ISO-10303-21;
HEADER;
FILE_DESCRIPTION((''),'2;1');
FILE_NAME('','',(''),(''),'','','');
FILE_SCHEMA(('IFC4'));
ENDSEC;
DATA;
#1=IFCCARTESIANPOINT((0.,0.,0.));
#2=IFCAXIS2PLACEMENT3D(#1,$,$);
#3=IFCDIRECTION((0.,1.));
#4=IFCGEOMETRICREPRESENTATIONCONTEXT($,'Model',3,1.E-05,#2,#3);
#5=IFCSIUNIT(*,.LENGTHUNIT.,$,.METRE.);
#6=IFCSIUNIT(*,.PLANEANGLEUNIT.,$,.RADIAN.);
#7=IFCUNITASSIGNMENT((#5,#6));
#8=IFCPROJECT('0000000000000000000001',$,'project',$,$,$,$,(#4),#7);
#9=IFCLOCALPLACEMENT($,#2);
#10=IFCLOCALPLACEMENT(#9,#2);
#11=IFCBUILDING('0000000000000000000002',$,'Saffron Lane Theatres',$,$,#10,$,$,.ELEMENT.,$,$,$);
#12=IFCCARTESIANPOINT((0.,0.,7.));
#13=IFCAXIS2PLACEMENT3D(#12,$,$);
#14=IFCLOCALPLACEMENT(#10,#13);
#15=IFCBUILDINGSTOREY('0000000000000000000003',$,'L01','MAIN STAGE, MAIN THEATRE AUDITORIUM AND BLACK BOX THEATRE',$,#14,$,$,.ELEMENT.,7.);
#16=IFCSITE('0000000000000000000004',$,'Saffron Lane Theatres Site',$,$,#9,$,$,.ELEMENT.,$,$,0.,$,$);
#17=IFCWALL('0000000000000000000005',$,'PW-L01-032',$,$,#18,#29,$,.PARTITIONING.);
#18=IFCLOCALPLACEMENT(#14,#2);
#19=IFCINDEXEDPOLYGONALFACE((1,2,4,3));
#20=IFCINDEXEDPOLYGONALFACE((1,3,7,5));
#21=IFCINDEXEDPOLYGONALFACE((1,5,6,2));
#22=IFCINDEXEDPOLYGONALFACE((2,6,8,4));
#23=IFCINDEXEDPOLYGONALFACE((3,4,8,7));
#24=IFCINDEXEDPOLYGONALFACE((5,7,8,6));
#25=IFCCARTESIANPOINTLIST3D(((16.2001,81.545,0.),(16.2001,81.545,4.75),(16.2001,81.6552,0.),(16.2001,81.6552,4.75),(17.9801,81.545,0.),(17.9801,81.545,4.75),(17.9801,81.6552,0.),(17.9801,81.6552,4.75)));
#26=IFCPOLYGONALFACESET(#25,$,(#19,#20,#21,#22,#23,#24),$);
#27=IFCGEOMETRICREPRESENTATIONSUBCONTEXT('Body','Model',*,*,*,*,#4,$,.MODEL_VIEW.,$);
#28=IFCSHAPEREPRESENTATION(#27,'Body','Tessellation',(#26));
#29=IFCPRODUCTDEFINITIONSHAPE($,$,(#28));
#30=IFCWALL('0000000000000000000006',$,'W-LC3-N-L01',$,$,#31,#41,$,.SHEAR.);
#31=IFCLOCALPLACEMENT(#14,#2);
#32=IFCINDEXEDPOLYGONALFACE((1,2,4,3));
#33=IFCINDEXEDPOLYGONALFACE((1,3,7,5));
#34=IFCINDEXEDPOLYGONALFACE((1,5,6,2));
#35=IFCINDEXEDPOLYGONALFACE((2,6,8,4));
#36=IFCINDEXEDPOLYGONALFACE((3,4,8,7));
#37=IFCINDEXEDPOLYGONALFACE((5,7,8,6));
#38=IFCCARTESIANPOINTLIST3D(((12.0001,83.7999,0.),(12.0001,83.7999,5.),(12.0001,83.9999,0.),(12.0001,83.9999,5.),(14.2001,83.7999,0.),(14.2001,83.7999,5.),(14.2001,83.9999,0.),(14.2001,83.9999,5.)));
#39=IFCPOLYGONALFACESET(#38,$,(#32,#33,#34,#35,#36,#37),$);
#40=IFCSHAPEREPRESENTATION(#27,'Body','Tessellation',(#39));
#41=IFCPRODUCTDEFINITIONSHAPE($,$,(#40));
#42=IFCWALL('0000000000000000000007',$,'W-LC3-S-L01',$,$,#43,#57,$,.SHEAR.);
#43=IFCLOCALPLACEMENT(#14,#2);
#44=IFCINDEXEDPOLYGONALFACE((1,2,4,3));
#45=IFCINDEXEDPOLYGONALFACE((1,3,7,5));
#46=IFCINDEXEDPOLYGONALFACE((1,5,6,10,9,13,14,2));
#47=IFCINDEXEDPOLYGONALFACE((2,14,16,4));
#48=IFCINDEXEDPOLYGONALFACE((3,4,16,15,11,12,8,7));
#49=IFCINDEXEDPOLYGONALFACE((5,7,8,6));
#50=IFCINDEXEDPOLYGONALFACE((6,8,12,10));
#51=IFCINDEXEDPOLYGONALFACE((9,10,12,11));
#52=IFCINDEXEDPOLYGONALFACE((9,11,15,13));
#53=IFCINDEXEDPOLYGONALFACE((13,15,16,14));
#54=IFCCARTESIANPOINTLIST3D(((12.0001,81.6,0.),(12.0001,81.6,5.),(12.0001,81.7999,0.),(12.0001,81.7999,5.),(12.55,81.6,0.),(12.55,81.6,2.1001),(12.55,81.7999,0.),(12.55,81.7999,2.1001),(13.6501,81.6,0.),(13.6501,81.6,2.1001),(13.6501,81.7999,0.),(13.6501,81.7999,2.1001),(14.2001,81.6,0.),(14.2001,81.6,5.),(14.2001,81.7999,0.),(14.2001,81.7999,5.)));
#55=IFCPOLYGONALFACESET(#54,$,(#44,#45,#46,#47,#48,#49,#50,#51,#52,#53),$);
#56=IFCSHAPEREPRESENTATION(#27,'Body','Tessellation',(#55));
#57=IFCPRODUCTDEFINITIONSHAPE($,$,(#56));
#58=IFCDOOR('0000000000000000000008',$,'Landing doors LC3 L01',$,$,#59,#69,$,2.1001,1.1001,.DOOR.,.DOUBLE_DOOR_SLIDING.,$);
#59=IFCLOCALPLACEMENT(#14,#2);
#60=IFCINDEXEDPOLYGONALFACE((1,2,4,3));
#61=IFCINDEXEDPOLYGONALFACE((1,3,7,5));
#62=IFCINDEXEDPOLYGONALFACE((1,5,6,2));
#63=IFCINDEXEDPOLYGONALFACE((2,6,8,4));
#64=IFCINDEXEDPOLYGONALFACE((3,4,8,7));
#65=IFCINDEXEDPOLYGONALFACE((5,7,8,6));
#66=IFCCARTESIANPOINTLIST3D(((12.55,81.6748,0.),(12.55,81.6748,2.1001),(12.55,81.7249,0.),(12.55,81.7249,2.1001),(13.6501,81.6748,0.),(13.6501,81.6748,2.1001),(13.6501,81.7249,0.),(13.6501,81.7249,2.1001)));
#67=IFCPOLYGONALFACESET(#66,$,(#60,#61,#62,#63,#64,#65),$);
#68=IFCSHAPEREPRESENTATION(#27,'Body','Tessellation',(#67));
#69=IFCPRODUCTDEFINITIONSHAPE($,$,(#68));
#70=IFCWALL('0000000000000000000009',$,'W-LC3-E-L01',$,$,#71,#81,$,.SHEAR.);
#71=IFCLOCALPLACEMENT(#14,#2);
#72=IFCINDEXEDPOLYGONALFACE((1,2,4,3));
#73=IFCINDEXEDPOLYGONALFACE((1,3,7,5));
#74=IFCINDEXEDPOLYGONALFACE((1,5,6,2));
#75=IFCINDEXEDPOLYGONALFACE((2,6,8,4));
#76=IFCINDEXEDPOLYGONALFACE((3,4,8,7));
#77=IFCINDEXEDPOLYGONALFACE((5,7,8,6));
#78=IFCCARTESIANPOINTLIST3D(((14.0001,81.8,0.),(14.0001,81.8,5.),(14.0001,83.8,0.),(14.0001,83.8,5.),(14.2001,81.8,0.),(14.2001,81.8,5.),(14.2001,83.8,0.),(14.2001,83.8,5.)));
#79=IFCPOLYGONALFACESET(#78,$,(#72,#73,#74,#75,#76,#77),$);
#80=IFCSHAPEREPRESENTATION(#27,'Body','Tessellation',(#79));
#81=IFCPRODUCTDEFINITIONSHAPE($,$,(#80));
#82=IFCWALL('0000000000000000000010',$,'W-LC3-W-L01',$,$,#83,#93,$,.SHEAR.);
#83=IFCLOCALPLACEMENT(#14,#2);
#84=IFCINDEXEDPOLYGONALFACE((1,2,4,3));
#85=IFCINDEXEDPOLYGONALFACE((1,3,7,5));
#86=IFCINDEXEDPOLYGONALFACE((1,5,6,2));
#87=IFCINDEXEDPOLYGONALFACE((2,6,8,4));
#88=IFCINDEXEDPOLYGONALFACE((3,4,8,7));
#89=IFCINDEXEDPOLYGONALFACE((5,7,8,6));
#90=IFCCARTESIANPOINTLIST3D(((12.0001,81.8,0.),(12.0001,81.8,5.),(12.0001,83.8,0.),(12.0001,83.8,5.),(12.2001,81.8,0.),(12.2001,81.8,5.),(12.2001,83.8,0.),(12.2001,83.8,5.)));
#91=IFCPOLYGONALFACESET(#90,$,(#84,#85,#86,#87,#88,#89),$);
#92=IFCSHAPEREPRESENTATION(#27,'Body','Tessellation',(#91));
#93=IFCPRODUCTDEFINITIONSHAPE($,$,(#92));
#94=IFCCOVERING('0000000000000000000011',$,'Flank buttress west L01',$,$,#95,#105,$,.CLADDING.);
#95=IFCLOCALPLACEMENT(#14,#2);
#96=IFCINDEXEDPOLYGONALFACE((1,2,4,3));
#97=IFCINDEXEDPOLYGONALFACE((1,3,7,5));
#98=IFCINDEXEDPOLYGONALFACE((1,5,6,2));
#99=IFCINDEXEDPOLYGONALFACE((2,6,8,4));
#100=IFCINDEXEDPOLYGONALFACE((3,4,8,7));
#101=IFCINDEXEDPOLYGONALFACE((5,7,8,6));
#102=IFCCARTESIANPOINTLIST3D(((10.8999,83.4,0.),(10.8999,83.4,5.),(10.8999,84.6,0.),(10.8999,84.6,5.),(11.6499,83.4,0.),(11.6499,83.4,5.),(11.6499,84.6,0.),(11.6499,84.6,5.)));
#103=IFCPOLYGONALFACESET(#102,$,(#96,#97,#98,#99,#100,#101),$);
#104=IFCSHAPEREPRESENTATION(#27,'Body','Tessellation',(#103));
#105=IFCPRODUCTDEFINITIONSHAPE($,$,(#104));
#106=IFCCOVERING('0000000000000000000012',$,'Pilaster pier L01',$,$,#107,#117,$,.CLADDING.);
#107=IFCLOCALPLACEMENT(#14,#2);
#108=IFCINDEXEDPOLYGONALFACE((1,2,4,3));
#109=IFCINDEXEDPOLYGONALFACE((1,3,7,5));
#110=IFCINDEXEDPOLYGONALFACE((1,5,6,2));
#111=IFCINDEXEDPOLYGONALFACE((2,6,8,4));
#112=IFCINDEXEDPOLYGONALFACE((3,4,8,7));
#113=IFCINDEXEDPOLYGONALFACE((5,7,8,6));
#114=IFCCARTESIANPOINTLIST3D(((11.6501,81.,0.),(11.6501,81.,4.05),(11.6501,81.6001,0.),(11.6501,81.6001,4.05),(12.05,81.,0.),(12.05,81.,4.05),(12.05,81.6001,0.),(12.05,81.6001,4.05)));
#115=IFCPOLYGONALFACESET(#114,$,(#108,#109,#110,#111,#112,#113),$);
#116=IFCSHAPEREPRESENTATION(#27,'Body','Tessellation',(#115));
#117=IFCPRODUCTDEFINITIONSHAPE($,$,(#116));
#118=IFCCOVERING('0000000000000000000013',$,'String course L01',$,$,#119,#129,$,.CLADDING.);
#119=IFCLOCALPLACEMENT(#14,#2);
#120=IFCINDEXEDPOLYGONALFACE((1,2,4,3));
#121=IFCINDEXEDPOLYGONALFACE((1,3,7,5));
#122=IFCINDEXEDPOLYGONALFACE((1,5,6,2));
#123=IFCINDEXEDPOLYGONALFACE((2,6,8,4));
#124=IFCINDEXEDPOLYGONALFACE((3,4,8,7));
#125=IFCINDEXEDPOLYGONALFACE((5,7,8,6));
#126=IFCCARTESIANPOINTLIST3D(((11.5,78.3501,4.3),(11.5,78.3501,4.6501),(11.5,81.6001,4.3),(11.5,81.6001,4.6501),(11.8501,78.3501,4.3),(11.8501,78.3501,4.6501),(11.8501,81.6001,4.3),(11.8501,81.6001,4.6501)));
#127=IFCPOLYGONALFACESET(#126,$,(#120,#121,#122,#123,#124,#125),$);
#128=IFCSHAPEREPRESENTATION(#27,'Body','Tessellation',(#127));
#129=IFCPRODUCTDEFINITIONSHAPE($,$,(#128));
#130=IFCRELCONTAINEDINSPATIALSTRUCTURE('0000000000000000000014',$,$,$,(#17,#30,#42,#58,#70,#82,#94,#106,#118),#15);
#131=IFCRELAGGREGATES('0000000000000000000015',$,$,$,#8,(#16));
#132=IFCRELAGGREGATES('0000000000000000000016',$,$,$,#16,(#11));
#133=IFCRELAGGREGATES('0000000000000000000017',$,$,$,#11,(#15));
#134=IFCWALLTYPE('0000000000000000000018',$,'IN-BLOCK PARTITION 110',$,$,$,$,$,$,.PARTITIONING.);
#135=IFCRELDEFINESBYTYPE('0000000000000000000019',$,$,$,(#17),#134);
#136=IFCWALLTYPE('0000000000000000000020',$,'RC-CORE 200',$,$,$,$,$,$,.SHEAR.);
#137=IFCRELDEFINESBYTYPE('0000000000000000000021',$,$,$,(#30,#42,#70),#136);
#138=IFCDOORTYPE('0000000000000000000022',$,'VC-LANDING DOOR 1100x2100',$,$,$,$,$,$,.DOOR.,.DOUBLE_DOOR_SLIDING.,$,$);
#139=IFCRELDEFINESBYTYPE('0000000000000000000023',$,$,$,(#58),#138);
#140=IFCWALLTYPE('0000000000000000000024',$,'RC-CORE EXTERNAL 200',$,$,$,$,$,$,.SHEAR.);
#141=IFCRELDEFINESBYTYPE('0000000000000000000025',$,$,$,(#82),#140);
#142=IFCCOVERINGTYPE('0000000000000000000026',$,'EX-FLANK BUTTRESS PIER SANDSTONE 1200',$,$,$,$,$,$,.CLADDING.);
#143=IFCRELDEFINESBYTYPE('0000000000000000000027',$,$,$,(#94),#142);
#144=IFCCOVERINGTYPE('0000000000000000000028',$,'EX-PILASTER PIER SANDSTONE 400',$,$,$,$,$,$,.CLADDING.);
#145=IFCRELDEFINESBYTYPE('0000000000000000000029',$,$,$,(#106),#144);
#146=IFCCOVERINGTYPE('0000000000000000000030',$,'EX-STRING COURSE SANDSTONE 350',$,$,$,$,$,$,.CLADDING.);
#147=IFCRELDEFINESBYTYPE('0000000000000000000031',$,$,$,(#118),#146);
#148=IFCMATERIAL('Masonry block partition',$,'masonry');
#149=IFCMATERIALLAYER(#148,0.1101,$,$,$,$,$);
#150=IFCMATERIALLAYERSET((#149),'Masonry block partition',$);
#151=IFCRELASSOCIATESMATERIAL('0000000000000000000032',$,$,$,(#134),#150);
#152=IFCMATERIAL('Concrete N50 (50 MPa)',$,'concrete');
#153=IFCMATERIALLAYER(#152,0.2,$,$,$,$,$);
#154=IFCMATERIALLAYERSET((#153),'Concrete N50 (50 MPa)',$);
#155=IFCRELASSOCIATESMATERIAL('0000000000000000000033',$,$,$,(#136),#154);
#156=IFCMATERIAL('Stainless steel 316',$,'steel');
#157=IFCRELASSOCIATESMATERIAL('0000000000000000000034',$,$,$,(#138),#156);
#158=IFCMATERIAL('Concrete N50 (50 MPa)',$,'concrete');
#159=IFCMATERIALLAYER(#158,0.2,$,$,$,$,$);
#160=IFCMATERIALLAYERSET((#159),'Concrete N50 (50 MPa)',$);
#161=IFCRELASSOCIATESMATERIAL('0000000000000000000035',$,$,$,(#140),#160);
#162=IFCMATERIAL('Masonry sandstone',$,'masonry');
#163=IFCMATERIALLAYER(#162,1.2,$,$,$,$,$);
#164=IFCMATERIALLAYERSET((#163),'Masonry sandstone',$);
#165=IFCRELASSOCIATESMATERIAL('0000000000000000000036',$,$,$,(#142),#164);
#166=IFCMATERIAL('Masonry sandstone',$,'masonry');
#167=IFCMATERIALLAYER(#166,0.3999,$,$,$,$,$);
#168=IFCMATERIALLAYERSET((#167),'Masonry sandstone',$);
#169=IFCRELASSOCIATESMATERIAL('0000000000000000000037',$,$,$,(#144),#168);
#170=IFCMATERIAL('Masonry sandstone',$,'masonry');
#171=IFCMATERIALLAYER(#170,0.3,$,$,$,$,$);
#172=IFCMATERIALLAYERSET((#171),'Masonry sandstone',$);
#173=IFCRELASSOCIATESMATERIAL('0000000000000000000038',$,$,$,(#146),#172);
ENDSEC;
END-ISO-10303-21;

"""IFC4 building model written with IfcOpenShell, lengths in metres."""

from ifc_helpers import new_model, si_unit, direction, frame, frame_2d, origin, origin_2d, place, context, subcontext, project, spatial, rectangle, extrude, material, layer, layer_set, type_object, element, fill, save


model = new_model("IFC4")

# Units and contexts
model_context = context("Model", 3, precision=1e-05, world=origin(), true_north=direction((0.0, 1.0)))
body_context = subcontext(model_context, "Body", "Model", "MODEL_VIEW")
ifc_project = project(units=[si_unit("LENGTHUNIT", "METRE"), si_unit("PLANEANGLEUNIT", "RADIAN")], contexts=[model_context])

# Site, building, storey
site_placement = place(None, origin())
site = spatial("IfcSite", under=ifc_project, at=site_placement, Name="Saffron Lane Theatres Site", CompositionType="ELEMENT", RefElevation=0.0)
building_placement = place(site_placement, origin())
building = spatial("IfcBuilding", under=site, at=building_placement, Name="Saffron Lane Theatres", CompositionType="ELEMENT")
storey_placement = place(building_placement, frame((0.0, 0.0, 7.0)))
storey = spatial("IfcBuildingStorey", under=building, at=storey_placement, Name="L01", Description="MAIN STAGE, MAIN THEATRE AUDITORIUM AND BLACK BOX THEATRE", CompositionType="ELEMENT", Elevation=7.0)

# Shared definitions
ifc_material_1 = material(Name="Masonry block partition", Category="masonry")
ifc_layer_1 = layer(ifc_material_1, 0.1101)
ifc_layer_set_1 = layer_set([ifc_layer_1], Name="Masonry block partition")
wall_type_1 = type_object("IfcWallType", Name="IN-BLOCK PARTITION 110", PredefinedType="PARTITIONING", material=ifc_layer_set_1)

# Walls
wall_1_placement = place(storey_placement, frame((16.2, 81.6001, 0.0), z_axis=(0.0, 0.0, 1.0), x_axis=(1.0, 0.0, 0.0)))
element("IfcWall", 1, at=wall_1_placement, inside=storey, type_object=wall_type_1, Name="PW-L01-032", PredefinedType="PARTITIONING", context=body_context, shape_type="SweptSolid", body=[
    extrude(rectangle(XDim=1.78, YDim=0.1101, at=frame_2d((0.8901, 0.0))), origin(), (0.0, 0.0, 1.0), 4.75),
])
ifc_material_2 = material(Name="Concrete N50 (50 MPa)", Category="concrete")
ifc_layer_2 = layer(ifc_material_2, 0.2)
ifc_layer_set_2 = layer_set([ifc_layer_2], Name="Concrete N50 (50 MPa)")
wall_type_2 = type_object("IfcWallType", Name="RC-CORE 200", PredefinedType="SHEAR", material=ifc_layer_set_2)
wall_2_placement = place(storey_placement, frame((12.0, 83.8999, 0.0), z_axis=(0.0, 0.0, 1.0), x_axis=(1.0, 0.0, 0.0)))
element("IfcWall", 2, at=wall_2_placement, inside=storey, type_object=wall_type_2, Name="W-LC3-N-L01", PredefinedType="SHEAR", context=body_context, shape_type="SweptSolid", body=[
    extrude(rectangle(XDim=2.2, YDim=0.2, at=frame_2d((1.1001, 0.0))), origin(), (0.0, 0.0, 1.0), 5.0),
])

# Wall, opening, door
wall_3_placement = place(storey_placement, frame((12.0, 81.7, 0.0), z_axis=(0.0, 0.0, 1.0), x_axis=(1.0, 0.0, 0.0)))
wall_3 = element("IfcWall", 3, at=wall_3_placement, inside=storey, type_object=wall_type_2, Name="W-LC3-S-L01", PredefinedType="SHEAR", context=body_context, shape_type="SweptSolid", body=[
    extrude(rectangle(XDim=2.2, YDim=0.2, at=frame_2d((1.1001, 0.0))), origin(), (0.0, 0.0, 1.0), 5.0),
])
opening_1_placement = place(wall_3_placement, frame((0.55, 0.0, 0.0)))
opening_1 = element("IfcOpeningElement", 4, at=opening_1_placement, cuts=wall_3, PredefinedType="OPENING", context=body_context, shape_type="SweptSolid", body=[
    extrude(rectangle(XDim=1.1001, YDim=2.1001, at=frame_2d((0.55, 1.05))), frame((0.0, 0.1099, 0.0), z_axis=(0.0, -1.0, 0.0), x_axis=(1.0, 0.0, 0.0)), (0.0, 0.0, 1.0), 0.22),
])
ifc_material_3 = material(Name="Stainless steel 316", Category="steel")
door_type_1 = type_object("IfcDoorType", Name="VC-LANDING DOOR 1100x2100", OperationType="DOUBLE_DOOR_SLIDING", PredefinedType="DOOR", material=ifc_material_3)
door_1_placement = place(opening_1_placement, origin())
door_1 = element("IfcDoor", 5, at=door_1_placement, inside=storey, type_object=door_type_1, Name="Landing doors LC3 L01", OperationType="DOUBLE_DOOR_SLIDING", OverallHeight=2.1001, OverallWidth=1.1001, PredefinedType="DOOR", context=body_context, shape_type="SweptSolid", body=[
    extrude(rectangle(XDim=1.1001, YDim=2.1001, at=frame_2d((0.55, 1.05))), frame((0.0, 0.0249, 0.0), z_axis=(0.0, -1.0, 0.0), x_axis=(1.0, 0.0, 0.0)), (0.0, 0.0, 1.0), 0.05),
])
fill(opening_1, door_1)

# Walls
wall_4_placement = place(storey_placement, frame((14.1001, 81.8, 0.0), z_axis=(0.0, 0.0, 1.0), x_axis=(0.0, 1.0, 0.0)))
element("IfcWall", 6, at=wall_4_placement, inside=storey, type_object=wall_type_2, Name="W-LC3-E-L01", PredefinedType="SHEAR", context=body_context, shape_type="SweptSolid", body=[
    extrude(rectangle(XDim=2.0, YDim=0.2, at=frame_2d((1.0, 0.0))), origin(), (0.0, 0.0, 1.0), 5.0),
])
ifc_material_4 = material(Name="Concrete N50 (50 MPa)", Category="concrete")
ifc_layer_3 = layer(ifc_material_4, 0.2)
ifc_layer_set_3 = layer_set([ifc_layer_3], Name="Concrete N50 (50 MPa)")
wall_type_3 = type_object("IfcWallType", Name="RC-CORE EXTERNAL 200", PredefinedType="SHEAR", material=ifc_layer_set_3)
wall_5_placement = place(storey_placement, frame((12.1001, 81.8, 0.0), z_axis=(0.0, 0.0, 1.0), x_axis=(0.0, 1.0, 0.0)))
element("IfcWall", 7, at=wall_5_placement, inside=storey, type_object=wall_type_3, Name="W-LC3-W-L01", PredefinedType="SHEAR", context=body_context, shape_type="SweptSolid", body=[
    extrude(rectangle(XDim=2.0, YDim=0.2, at=frame_2d((1.0, 0.0))), origin(), (0.0, 0.0, 1.0), 5.0),
])

# Coverings
ifc_material_5 = material(Name="Masonry sandstone", Category="masonry")
ifc_layer_4 = layer(ifc_material_5, 1.2)
ifc_layer_set_4 = layer_set([ifc_layer_4], Name="Masonry sandstone")
covering_type_1 = type_object("IfcCoveringType", Name="EX-FLANK BUTTRESS PIER SANDSTONE 1200", PredefinedType="CLADDING", material=ifc_layer_set_4)
covering_1_placement = place(storey_placement, frame((11.2749, 84.0, 0.0), z_axis=(0.0, 0.0, 1.0), x_axis=(0.0, 1.0, 0.0)))
element("IfcCovering", 8, at=covering_1_placement, inside=storey, type_object=covering_type_1, Name="Flank buttress west L01", PredefinedType="CLADDING", context=body_context, shape_type="SweptSolid", body=[
    extrude(rectangle(XDim=1.2, YDim=0.75, at=origin_2d()), origin(), (0.0, 0.0, 1.0), 5.0),
])
ifc_material_6 = material(Name="Masonry sandstone", Category="masonry")
ifc_layer_5 = layer(ifc_material_6, 0.3999)
ifc_layer_set_5 = layer_set([ifc_layer_5], Name="Masonry sandstone")
covering_type_2 = type_object("IfcCoveringType", Name="EX-PILASTER PIER SANDSTONE 400", PredefinedType="CLADDING", material=ifc_layer_set_5)
covering_2_placement = place(storey_placement, frame((11.8501, 81.3, 0.0), z_axis=(0.0, 0.0, 1.0), x_axis=(0.0, 1.0, 0.0)))
element("IfcCovering", 9, at=covering_2_placement, inside=storey, type_object=covering_type_2, Name="Pilaster pier L01", PredefinedType="CLADDING", context=body_context, shape_type="SweptSolid", body=[
    extrude(rectangle(XDim=0.6001, YDim=0.3999, at=origin_2d()), origin(), (0.0, 0.0, 1.0), 4.05),
])
ifc_material_7 = material(Name="Masonry sandstone", Category="masonry")
ifc_layer_6 = layer(ifc_material_7, 0.3)
ifc_layer_set_6 = layer_set([ifc_layer_6], Name="Masonry sandstone")
covering_type_3 = type_object("IfcCoveringType", Name="EX-STRING COURSE SANDSTONE 350", PredefinedType="CLADDING", material=ifc_layer_set_6)
covering_3_placement = place(storey_placement, frame((11.675, 79.9751, 4.3), z_axis=(0.0, 0.0, 1.0), x_axis=(0.0, 1.0, 0.0)))
element("IfcCovering", 10, at=covering_3_placement, inside=storey, type_object=covering_type_3, Name="String course L01", PredefinedType="CLADDING", context=body_context, shape_type="SweptSolid", body=[
    extrude(rectangle(XDim=3.25, YDim=0.3501, at=origin_2d()), origin(), (0.0, 0.0, 1.0), 0.3501),
])

save(model, "model.ifc")
